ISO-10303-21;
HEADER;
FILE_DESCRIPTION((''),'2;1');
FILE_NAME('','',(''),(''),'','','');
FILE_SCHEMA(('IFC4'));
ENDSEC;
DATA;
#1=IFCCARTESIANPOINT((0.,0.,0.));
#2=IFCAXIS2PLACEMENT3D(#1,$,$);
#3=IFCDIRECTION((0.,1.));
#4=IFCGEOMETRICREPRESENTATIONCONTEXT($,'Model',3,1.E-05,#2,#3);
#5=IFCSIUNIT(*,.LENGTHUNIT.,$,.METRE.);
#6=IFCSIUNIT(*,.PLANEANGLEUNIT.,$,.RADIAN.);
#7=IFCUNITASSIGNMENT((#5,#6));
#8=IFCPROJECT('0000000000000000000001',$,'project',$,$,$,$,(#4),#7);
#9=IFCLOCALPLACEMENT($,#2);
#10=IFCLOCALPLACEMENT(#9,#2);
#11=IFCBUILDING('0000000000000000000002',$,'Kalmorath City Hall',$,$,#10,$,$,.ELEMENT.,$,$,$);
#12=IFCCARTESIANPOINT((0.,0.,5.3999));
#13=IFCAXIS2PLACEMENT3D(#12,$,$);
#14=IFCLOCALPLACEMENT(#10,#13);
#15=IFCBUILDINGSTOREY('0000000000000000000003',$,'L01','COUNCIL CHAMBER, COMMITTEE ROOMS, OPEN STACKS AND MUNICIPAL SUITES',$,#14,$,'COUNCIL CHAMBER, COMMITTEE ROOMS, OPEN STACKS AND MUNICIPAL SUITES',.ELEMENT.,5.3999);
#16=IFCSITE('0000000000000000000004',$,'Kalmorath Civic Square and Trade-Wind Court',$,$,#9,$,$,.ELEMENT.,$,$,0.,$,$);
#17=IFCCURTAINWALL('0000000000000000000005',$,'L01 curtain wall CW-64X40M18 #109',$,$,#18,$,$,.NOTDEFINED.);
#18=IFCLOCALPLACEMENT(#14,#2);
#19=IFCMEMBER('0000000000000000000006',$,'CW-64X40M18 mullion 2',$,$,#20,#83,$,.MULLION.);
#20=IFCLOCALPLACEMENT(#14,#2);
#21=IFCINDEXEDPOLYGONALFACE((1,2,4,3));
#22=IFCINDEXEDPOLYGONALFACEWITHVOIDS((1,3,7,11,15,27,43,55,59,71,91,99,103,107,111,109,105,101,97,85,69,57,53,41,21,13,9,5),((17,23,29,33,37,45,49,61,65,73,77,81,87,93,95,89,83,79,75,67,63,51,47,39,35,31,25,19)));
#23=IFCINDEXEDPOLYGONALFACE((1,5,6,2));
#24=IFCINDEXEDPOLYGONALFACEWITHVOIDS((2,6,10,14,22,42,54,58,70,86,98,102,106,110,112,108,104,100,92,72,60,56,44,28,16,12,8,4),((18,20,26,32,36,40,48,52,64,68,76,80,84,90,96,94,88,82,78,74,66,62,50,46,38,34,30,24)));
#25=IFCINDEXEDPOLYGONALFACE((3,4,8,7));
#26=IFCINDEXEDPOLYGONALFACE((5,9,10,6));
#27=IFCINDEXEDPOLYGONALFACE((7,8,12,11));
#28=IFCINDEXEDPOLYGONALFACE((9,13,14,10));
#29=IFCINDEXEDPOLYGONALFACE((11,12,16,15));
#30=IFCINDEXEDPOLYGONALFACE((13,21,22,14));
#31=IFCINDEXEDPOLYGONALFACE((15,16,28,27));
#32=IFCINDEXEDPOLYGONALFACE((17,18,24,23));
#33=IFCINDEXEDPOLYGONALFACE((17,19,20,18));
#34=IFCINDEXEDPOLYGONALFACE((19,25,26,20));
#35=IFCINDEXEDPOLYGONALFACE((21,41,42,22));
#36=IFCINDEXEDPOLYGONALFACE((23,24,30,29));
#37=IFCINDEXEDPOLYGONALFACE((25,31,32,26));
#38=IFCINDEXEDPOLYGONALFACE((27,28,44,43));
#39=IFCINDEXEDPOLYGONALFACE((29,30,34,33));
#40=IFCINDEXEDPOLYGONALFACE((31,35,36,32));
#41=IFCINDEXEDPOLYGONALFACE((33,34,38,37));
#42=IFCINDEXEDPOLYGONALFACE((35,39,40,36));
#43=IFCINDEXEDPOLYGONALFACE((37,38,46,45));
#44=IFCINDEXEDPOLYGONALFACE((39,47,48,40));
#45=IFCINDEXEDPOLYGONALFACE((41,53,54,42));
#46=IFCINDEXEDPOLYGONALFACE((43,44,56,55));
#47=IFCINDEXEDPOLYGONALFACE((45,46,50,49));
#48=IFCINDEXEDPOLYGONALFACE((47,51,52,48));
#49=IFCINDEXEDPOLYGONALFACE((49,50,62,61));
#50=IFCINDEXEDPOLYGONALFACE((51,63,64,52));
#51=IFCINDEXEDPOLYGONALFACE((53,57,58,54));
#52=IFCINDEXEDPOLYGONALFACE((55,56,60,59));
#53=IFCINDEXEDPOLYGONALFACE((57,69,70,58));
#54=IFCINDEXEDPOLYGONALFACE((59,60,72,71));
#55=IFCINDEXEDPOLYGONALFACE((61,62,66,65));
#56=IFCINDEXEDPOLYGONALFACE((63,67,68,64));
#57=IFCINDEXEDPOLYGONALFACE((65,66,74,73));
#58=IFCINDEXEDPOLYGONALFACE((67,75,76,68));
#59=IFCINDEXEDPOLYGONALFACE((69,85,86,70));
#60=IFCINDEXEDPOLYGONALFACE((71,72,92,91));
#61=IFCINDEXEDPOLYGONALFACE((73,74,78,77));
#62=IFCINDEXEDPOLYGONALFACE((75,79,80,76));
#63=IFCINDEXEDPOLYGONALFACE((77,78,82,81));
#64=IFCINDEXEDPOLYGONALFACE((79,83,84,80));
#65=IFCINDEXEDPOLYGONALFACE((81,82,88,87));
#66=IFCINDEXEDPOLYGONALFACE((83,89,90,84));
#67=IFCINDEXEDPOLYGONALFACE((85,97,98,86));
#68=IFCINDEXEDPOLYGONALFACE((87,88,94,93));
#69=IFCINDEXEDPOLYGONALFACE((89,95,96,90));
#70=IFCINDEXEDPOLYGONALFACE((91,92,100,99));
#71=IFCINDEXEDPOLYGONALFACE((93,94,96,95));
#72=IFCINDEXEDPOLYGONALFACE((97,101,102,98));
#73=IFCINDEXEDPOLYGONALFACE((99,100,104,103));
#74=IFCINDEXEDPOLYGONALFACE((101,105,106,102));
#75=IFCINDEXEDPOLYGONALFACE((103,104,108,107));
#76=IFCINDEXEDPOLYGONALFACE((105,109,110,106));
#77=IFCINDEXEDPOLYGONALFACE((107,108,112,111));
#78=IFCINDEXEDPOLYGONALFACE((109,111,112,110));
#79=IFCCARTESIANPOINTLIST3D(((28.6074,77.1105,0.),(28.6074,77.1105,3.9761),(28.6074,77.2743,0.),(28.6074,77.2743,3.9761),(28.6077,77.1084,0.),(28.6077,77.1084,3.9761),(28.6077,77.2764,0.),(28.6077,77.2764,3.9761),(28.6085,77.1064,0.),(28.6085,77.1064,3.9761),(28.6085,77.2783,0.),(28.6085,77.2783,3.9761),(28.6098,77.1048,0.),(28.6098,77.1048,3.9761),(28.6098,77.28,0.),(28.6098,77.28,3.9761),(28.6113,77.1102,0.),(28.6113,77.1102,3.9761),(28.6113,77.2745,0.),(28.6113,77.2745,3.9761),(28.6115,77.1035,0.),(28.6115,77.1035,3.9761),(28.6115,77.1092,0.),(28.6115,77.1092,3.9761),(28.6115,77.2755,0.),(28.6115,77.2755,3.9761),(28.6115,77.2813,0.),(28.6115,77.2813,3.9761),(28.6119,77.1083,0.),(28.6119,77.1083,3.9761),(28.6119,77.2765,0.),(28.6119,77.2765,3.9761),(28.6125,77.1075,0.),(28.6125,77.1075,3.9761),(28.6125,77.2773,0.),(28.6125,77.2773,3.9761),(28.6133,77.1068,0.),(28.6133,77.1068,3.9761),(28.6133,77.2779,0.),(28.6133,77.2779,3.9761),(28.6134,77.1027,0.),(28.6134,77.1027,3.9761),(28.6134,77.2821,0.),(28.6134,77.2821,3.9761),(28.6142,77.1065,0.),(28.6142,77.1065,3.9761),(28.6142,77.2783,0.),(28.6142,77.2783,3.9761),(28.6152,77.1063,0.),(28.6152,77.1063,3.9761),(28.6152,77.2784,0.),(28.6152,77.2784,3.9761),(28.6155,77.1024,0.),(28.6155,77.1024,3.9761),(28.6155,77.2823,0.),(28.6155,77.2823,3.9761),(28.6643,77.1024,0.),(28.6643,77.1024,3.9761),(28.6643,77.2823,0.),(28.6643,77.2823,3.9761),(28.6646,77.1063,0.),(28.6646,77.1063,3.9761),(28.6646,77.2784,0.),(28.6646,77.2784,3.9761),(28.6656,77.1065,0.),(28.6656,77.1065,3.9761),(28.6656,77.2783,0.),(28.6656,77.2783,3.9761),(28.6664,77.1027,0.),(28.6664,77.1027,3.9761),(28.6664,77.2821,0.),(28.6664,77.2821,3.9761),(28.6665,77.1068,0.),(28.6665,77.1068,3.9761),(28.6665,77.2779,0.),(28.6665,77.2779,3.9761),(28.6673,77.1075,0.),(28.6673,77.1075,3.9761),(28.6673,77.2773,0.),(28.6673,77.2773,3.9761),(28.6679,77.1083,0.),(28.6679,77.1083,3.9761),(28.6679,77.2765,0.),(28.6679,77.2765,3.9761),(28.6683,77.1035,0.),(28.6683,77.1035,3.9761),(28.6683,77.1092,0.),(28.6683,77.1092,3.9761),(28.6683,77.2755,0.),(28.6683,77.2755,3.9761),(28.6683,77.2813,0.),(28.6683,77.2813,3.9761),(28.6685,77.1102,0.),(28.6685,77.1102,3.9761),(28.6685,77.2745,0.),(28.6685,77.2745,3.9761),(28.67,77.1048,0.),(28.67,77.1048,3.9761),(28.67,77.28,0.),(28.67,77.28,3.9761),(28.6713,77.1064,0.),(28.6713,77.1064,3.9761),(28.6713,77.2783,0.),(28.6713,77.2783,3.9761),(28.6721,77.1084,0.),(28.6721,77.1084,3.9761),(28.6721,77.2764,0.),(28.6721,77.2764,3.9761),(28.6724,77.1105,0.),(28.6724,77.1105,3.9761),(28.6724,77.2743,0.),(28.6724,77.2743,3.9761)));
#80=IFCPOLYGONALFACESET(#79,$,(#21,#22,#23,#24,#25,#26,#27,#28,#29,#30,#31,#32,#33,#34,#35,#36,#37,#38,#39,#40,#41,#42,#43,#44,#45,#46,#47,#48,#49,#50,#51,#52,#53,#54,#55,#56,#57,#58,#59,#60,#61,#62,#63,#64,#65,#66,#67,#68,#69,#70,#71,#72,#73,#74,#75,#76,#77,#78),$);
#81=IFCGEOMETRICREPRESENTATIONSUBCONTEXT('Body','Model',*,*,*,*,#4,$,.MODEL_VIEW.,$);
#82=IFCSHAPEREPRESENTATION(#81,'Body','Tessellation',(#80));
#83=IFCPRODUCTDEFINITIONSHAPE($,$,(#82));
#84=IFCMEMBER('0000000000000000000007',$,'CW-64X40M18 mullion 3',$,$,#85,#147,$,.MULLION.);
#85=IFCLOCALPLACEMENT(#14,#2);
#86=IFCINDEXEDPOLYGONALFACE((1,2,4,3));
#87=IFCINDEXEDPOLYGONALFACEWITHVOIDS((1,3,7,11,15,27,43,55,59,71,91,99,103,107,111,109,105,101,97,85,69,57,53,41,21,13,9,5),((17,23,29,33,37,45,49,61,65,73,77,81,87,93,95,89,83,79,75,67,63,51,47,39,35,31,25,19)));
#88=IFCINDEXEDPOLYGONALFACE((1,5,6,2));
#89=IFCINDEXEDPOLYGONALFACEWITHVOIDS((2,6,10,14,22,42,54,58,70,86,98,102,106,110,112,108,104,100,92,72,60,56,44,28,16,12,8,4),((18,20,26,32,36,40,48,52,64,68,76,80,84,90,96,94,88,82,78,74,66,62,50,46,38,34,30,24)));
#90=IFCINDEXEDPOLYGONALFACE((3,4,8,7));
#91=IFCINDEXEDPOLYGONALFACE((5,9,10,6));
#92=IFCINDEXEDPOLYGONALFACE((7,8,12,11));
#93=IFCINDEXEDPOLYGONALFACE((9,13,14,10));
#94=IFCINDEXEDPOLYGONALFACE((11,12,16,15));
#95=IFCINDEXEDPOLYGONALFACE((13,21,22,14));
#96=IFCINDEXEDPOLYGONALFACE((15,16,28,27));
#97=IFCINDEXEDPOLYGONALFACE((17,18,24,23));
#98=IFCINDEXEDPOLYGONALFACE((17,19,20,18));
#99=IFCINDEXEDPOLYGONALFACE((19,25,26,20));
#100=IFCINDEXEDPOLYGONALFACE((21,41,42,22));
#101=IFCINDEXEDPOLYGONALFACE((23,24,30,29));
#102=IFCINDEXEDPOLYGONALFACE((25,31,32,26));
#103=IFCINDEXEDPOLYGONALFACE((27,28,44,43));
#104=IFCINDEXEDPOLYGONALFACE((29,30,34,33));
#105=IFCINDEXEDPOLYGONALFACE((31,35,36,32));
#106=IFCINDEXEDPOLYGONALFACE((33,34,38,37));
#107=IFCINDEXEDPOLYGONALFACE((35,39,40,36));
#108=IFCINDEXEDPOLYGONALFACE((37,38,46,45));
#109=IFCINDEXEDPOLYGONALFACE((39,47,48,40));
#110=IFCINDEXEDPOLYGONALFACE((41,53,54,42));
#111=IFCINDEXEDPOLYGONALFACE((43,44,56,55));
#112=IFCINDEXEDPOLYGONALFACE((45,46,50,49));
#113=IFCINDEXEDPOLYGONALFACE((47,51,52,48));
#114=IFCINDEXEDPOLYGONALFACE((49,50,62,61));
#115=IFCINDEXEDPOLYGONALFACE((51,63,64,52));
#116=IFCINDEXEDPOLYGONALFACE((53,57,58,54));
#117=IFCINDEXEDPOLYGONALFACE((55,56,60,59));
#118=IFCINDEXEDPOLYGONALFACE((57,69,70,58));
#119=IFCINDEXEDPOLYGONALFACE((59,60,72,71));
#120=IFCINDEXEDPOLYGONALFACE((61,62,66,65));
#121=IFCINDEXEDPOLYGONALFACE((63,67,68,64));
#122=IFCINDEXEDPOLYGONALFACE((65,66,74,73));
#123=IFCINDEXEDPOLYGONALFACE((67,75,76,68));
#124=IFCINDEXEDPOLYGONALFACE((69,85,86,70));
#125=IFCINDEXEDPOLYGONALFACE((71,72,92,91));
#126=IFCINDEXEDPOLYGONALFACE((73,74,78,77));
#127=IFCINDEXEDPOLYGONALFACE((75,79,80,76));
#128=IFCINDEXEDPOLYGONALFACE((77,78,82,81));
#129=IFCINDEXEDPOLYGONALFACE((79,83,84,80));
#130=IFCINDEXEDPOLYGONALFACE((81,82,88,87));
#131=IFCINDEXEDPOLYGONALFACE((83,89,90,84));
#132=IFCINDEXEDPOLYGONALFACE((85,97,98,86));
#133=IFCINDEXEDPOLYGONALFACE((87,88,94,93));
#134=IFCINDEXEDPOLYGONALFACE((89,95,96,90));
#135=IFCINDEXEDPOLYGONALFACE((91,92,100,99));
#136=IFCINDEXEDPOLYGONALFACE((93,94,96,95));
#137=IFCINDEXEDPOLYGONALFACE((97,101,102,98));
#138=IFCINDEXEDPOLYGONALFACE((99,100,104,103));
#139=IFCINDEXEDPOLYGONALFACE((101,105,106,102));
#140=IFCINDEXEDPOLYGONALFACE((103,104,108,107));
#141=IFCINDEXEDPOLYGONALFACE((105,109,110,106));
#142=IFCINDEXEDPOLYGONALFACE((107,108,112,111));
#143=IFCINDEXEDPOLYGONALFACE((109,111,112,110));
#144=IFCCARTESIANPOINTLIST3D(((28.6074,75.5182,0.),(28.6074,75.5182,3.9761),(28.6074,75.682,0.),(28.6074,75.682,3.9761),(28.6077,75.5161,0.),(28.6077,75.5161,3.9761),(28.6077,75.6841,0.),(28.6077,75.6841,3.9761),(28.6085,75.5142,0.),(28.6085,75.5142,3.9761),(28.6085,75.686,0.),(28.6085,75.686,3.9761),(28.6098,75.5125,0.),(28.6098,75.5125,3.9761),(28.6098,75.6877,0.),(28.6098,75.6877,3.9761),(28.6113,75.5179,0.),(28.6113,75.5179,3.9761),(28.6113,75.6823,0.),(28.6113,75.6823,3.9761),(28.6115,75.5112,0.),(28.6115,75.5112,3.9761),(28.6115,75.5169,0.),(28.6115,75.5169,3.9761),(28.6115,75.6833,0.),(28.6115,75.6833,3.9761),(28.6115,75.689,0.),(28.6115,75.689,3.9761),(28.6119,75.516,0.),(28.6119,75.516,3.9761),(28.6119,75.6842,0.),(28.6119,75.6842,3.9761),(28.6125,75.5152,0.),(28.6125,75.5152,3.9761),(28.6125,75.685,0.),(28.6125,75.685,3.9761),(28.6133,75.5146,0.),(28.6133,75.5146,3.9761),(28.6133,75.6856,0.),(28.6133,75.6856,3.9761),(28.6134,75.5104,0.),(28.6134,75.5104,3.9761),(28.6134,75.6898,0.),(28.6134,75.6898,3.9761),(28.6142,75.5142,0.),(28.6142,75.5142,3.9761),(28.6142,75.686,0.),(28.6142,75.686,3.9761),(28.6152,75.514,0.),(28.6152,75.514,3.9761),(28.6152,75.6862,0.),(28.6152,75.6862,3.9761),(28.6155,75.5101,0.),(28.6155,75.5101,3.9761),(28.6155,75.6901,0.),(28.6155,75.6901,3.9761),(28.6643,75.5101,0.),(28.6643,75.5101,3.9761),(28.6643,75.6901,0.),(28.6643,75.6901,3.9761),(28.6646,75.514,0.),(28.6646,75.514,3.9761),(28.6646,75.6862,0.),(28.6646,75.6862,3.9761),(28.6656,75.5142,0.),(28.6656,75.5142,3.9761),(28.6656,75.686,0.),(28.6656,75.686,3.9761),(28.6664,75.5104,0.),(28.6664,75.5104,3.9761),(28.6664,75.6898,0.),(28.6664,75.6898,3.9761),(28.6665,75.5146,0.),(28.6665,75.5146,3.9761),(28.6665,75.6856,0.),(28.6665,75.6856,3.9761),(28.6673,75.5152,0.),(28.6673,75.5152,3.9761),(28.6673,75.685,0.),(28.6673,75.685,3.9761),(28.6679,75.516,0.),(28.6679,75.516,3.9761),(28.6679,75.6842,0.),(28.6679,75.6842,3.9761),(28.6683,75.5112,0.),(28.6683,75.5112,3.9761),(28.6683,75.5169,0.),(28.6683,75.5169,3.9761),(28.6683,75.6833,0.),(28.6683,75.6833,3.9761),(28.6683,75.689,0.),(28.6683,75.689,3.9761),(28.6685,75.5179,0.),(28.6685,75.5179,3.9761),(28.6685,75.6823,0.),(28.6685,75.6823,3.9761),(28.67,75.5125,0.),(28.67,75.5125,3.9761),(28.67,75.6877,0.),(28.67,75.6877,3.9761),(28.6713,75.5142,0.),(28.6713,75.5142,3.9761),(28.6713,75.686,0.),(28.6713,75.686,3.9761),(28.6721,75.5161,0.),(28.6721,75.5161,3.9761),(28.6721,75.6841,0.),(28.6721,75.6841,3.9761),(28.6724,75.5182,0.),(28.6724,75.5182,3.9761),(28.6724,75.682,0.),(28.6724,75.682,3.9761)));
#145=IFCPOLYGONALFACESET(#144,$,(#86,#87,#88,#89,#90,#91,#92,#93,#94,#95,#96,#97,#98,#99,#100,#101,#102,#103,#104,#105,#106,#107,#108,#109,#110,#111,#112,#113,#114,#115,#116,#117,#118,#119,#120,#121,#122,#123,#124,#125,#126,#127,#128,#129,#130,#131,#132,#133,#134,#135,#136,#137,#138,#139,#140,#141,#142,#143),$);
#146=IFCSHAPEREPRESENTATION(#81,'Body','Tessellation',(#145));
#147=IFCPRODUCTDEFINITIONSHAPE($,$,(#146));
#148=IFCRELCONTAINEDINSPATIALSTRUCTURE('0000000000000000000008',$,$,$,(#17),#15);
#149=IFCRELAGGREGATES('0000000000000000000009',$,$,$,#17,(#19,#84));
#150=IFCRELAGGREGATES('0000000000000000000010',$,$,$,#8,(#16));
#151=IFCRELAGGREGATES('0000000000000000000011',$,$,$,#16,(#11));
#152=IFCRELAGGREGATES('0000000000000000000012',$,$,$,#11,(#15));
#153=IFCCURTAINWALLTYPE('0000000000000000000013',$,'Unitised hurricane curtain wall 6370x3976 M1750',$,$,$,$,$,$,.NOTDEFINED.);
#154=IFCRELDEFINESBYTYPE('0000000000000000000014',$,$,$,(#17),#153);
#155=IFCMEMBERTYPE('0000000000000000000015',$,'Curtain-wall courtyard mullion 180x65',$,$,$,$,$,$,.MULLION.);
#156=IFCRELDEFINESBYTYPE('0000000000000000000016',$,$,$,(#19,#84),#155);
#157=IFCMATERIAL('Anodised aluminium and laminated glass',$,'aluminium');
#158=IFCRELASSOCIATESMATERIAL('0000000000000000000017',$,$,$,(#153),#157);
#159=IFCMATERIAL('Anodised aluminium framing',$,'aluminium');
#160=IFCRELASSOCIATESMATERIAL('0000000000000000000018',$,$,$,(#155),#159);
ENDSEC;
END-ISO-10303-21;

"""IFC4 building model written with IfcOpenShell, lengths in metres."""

from ifc_helpers import new_model, si_unit, direction, frame, origin, origin_2d, place, context, subcontext, project, spatial, hollow_rectangle, extrude, material, material_profile, profile_set, type_object, element, aggregate, save


model = new_model("IFC4")

# Units and contexts
model_context = context("Model", 3, precision=1e-05, world=origin(), true_north=direction((0.0, 1.0)))
body_context = subcontext(model_context, "Body", "Model", "MODEL_VIEW")
ifc_project = project(units=[si_unit("LENGTHUNIT", "METRE"), si_unit("PLANEANGLEUNIT", "RADIAN")], contexts=[model_context])

# Site, building, storey
site_placement = place(None, origin())
site = spatial("IfcSite", under=ifc_project, at=site_placement, Name="Kalmorath Civic Square and Trade-Wind Court", CompositionType="ELEMENT", RefElevation=0.0)
building_placement = place(site_placement, origin())
building = spatial("IfcBuilding", under=site, at=building_placement, Name="Kalmorath City Hall", CompositionType="ELEMENT")
storey_placement = place(building_placement, frame((0.0, 0.0, 5.3999)))
storey = spatial("IfcBuildingStorey", under=building, at=storey_placement, Name="L01", Description="COUNCIL CHAMBER, COMMITTEE ROOMS, OPEN STACKS AND MUNICIPAL SUITES", LongName="COUNCIL CHAMBER, COMMITTEE ROOMS, OPEN STACKS AND MUNICIPAL SUITES", CompositionType="ELEMENT", Elevation=5.3999)

# Shared definitions
ifc_material_1 = material(Name="Anodised aluminium and laminated glass", Category="aluminium")
curtain_wall_type = type_object("IfcCurtainWallType", Name="Unitised hurricane curtain wall 6370x3976 M1750", PredefinedType="NOTDEFINED", material=ifc_material_1)
ifc_material_2 = material(Name="Anodised aluminium framing", Category="aluminium")
ifc_material_profile_1 = material_profile(ifc_material_2, hollow_rectangle(XDim=0.0649, YDim=0.1799, WallThickness=0.0039, InnerFilletRadius=0.0039, OuterFilletRadius=0.0081, at=origin_2d()), Name="ALU-MUL-180X65X4")
ifc_profile_set_1 = profile_set([ifc_material_profile_1], Name="Anodised aluminium framing")
member_type_1 = type_object("IfcMemberType", Name="Curtain-wall courtyard mullion 180x65", PredefinedType="MULLION", material=ifc_profile_set_1)

# Curtain wall, members
curtain_wall_1_placement = place(storey_placement, origin())
curtain_wall_1 = element("IfcCurtainWall", 1, at=curtain_wall_1_placement, inside=storey, type_object=curtain_wall_type, Name="L01 curtain wall CW-64X40M18 #109", PredefinedType="NOTDEFINED")
member_1_placement = place(storey_placement, frame((28.6399, 77.1924, 0.0), z_axis=(0.0, 0.0, 1.0), x_axis=(1.0, 0.0, 0.0)))
member_1 = element("IfcMember", 2, at=member_1_placement, type_object=member_type_1, Name="CW-64X40M18 mullion 2", PredefinedType="MULLION", context=body_context, shape_type="SweptSolid", body=[
    extrude(hollow_rectangle(XDim=0.0649, YDim=0.1799, WallThickness=0.0039, InnerFilletRadius=0.0039, OuterFilletRadius=0.0081, at=origin_2d()), origin(), (0.0, 0.0, 1.0), 3.9761),
])
member_2_placement = place(storey_placement, frame((28.6399, 75.6001, 0.0), z_axis=(0.0, 0.0, 1.0), x_axis=(1.0, 0.0, 0.0)))
member_2 = element("IfcMember", 3, at=member_2_placement, type_object=member_type_1, Name="CW-64X40M18 mullion 3", PredefinedType="MULLION", context=body_context, shape_type="SweptSolid", body=[
    extrude(hollow_rectangle(XDim=0.0649, YDim=0.1799, WallThickness=0.0039, InnerFilletRadius=0.0039, OuterFilletRadius=0.0081, at=origin_2d()), origin(), (0.0, 0.0, 1.0), 3.9761),
])

aggregate(curtain_wall_1, [member_1, member_2])

save(model, "model.ifc")
